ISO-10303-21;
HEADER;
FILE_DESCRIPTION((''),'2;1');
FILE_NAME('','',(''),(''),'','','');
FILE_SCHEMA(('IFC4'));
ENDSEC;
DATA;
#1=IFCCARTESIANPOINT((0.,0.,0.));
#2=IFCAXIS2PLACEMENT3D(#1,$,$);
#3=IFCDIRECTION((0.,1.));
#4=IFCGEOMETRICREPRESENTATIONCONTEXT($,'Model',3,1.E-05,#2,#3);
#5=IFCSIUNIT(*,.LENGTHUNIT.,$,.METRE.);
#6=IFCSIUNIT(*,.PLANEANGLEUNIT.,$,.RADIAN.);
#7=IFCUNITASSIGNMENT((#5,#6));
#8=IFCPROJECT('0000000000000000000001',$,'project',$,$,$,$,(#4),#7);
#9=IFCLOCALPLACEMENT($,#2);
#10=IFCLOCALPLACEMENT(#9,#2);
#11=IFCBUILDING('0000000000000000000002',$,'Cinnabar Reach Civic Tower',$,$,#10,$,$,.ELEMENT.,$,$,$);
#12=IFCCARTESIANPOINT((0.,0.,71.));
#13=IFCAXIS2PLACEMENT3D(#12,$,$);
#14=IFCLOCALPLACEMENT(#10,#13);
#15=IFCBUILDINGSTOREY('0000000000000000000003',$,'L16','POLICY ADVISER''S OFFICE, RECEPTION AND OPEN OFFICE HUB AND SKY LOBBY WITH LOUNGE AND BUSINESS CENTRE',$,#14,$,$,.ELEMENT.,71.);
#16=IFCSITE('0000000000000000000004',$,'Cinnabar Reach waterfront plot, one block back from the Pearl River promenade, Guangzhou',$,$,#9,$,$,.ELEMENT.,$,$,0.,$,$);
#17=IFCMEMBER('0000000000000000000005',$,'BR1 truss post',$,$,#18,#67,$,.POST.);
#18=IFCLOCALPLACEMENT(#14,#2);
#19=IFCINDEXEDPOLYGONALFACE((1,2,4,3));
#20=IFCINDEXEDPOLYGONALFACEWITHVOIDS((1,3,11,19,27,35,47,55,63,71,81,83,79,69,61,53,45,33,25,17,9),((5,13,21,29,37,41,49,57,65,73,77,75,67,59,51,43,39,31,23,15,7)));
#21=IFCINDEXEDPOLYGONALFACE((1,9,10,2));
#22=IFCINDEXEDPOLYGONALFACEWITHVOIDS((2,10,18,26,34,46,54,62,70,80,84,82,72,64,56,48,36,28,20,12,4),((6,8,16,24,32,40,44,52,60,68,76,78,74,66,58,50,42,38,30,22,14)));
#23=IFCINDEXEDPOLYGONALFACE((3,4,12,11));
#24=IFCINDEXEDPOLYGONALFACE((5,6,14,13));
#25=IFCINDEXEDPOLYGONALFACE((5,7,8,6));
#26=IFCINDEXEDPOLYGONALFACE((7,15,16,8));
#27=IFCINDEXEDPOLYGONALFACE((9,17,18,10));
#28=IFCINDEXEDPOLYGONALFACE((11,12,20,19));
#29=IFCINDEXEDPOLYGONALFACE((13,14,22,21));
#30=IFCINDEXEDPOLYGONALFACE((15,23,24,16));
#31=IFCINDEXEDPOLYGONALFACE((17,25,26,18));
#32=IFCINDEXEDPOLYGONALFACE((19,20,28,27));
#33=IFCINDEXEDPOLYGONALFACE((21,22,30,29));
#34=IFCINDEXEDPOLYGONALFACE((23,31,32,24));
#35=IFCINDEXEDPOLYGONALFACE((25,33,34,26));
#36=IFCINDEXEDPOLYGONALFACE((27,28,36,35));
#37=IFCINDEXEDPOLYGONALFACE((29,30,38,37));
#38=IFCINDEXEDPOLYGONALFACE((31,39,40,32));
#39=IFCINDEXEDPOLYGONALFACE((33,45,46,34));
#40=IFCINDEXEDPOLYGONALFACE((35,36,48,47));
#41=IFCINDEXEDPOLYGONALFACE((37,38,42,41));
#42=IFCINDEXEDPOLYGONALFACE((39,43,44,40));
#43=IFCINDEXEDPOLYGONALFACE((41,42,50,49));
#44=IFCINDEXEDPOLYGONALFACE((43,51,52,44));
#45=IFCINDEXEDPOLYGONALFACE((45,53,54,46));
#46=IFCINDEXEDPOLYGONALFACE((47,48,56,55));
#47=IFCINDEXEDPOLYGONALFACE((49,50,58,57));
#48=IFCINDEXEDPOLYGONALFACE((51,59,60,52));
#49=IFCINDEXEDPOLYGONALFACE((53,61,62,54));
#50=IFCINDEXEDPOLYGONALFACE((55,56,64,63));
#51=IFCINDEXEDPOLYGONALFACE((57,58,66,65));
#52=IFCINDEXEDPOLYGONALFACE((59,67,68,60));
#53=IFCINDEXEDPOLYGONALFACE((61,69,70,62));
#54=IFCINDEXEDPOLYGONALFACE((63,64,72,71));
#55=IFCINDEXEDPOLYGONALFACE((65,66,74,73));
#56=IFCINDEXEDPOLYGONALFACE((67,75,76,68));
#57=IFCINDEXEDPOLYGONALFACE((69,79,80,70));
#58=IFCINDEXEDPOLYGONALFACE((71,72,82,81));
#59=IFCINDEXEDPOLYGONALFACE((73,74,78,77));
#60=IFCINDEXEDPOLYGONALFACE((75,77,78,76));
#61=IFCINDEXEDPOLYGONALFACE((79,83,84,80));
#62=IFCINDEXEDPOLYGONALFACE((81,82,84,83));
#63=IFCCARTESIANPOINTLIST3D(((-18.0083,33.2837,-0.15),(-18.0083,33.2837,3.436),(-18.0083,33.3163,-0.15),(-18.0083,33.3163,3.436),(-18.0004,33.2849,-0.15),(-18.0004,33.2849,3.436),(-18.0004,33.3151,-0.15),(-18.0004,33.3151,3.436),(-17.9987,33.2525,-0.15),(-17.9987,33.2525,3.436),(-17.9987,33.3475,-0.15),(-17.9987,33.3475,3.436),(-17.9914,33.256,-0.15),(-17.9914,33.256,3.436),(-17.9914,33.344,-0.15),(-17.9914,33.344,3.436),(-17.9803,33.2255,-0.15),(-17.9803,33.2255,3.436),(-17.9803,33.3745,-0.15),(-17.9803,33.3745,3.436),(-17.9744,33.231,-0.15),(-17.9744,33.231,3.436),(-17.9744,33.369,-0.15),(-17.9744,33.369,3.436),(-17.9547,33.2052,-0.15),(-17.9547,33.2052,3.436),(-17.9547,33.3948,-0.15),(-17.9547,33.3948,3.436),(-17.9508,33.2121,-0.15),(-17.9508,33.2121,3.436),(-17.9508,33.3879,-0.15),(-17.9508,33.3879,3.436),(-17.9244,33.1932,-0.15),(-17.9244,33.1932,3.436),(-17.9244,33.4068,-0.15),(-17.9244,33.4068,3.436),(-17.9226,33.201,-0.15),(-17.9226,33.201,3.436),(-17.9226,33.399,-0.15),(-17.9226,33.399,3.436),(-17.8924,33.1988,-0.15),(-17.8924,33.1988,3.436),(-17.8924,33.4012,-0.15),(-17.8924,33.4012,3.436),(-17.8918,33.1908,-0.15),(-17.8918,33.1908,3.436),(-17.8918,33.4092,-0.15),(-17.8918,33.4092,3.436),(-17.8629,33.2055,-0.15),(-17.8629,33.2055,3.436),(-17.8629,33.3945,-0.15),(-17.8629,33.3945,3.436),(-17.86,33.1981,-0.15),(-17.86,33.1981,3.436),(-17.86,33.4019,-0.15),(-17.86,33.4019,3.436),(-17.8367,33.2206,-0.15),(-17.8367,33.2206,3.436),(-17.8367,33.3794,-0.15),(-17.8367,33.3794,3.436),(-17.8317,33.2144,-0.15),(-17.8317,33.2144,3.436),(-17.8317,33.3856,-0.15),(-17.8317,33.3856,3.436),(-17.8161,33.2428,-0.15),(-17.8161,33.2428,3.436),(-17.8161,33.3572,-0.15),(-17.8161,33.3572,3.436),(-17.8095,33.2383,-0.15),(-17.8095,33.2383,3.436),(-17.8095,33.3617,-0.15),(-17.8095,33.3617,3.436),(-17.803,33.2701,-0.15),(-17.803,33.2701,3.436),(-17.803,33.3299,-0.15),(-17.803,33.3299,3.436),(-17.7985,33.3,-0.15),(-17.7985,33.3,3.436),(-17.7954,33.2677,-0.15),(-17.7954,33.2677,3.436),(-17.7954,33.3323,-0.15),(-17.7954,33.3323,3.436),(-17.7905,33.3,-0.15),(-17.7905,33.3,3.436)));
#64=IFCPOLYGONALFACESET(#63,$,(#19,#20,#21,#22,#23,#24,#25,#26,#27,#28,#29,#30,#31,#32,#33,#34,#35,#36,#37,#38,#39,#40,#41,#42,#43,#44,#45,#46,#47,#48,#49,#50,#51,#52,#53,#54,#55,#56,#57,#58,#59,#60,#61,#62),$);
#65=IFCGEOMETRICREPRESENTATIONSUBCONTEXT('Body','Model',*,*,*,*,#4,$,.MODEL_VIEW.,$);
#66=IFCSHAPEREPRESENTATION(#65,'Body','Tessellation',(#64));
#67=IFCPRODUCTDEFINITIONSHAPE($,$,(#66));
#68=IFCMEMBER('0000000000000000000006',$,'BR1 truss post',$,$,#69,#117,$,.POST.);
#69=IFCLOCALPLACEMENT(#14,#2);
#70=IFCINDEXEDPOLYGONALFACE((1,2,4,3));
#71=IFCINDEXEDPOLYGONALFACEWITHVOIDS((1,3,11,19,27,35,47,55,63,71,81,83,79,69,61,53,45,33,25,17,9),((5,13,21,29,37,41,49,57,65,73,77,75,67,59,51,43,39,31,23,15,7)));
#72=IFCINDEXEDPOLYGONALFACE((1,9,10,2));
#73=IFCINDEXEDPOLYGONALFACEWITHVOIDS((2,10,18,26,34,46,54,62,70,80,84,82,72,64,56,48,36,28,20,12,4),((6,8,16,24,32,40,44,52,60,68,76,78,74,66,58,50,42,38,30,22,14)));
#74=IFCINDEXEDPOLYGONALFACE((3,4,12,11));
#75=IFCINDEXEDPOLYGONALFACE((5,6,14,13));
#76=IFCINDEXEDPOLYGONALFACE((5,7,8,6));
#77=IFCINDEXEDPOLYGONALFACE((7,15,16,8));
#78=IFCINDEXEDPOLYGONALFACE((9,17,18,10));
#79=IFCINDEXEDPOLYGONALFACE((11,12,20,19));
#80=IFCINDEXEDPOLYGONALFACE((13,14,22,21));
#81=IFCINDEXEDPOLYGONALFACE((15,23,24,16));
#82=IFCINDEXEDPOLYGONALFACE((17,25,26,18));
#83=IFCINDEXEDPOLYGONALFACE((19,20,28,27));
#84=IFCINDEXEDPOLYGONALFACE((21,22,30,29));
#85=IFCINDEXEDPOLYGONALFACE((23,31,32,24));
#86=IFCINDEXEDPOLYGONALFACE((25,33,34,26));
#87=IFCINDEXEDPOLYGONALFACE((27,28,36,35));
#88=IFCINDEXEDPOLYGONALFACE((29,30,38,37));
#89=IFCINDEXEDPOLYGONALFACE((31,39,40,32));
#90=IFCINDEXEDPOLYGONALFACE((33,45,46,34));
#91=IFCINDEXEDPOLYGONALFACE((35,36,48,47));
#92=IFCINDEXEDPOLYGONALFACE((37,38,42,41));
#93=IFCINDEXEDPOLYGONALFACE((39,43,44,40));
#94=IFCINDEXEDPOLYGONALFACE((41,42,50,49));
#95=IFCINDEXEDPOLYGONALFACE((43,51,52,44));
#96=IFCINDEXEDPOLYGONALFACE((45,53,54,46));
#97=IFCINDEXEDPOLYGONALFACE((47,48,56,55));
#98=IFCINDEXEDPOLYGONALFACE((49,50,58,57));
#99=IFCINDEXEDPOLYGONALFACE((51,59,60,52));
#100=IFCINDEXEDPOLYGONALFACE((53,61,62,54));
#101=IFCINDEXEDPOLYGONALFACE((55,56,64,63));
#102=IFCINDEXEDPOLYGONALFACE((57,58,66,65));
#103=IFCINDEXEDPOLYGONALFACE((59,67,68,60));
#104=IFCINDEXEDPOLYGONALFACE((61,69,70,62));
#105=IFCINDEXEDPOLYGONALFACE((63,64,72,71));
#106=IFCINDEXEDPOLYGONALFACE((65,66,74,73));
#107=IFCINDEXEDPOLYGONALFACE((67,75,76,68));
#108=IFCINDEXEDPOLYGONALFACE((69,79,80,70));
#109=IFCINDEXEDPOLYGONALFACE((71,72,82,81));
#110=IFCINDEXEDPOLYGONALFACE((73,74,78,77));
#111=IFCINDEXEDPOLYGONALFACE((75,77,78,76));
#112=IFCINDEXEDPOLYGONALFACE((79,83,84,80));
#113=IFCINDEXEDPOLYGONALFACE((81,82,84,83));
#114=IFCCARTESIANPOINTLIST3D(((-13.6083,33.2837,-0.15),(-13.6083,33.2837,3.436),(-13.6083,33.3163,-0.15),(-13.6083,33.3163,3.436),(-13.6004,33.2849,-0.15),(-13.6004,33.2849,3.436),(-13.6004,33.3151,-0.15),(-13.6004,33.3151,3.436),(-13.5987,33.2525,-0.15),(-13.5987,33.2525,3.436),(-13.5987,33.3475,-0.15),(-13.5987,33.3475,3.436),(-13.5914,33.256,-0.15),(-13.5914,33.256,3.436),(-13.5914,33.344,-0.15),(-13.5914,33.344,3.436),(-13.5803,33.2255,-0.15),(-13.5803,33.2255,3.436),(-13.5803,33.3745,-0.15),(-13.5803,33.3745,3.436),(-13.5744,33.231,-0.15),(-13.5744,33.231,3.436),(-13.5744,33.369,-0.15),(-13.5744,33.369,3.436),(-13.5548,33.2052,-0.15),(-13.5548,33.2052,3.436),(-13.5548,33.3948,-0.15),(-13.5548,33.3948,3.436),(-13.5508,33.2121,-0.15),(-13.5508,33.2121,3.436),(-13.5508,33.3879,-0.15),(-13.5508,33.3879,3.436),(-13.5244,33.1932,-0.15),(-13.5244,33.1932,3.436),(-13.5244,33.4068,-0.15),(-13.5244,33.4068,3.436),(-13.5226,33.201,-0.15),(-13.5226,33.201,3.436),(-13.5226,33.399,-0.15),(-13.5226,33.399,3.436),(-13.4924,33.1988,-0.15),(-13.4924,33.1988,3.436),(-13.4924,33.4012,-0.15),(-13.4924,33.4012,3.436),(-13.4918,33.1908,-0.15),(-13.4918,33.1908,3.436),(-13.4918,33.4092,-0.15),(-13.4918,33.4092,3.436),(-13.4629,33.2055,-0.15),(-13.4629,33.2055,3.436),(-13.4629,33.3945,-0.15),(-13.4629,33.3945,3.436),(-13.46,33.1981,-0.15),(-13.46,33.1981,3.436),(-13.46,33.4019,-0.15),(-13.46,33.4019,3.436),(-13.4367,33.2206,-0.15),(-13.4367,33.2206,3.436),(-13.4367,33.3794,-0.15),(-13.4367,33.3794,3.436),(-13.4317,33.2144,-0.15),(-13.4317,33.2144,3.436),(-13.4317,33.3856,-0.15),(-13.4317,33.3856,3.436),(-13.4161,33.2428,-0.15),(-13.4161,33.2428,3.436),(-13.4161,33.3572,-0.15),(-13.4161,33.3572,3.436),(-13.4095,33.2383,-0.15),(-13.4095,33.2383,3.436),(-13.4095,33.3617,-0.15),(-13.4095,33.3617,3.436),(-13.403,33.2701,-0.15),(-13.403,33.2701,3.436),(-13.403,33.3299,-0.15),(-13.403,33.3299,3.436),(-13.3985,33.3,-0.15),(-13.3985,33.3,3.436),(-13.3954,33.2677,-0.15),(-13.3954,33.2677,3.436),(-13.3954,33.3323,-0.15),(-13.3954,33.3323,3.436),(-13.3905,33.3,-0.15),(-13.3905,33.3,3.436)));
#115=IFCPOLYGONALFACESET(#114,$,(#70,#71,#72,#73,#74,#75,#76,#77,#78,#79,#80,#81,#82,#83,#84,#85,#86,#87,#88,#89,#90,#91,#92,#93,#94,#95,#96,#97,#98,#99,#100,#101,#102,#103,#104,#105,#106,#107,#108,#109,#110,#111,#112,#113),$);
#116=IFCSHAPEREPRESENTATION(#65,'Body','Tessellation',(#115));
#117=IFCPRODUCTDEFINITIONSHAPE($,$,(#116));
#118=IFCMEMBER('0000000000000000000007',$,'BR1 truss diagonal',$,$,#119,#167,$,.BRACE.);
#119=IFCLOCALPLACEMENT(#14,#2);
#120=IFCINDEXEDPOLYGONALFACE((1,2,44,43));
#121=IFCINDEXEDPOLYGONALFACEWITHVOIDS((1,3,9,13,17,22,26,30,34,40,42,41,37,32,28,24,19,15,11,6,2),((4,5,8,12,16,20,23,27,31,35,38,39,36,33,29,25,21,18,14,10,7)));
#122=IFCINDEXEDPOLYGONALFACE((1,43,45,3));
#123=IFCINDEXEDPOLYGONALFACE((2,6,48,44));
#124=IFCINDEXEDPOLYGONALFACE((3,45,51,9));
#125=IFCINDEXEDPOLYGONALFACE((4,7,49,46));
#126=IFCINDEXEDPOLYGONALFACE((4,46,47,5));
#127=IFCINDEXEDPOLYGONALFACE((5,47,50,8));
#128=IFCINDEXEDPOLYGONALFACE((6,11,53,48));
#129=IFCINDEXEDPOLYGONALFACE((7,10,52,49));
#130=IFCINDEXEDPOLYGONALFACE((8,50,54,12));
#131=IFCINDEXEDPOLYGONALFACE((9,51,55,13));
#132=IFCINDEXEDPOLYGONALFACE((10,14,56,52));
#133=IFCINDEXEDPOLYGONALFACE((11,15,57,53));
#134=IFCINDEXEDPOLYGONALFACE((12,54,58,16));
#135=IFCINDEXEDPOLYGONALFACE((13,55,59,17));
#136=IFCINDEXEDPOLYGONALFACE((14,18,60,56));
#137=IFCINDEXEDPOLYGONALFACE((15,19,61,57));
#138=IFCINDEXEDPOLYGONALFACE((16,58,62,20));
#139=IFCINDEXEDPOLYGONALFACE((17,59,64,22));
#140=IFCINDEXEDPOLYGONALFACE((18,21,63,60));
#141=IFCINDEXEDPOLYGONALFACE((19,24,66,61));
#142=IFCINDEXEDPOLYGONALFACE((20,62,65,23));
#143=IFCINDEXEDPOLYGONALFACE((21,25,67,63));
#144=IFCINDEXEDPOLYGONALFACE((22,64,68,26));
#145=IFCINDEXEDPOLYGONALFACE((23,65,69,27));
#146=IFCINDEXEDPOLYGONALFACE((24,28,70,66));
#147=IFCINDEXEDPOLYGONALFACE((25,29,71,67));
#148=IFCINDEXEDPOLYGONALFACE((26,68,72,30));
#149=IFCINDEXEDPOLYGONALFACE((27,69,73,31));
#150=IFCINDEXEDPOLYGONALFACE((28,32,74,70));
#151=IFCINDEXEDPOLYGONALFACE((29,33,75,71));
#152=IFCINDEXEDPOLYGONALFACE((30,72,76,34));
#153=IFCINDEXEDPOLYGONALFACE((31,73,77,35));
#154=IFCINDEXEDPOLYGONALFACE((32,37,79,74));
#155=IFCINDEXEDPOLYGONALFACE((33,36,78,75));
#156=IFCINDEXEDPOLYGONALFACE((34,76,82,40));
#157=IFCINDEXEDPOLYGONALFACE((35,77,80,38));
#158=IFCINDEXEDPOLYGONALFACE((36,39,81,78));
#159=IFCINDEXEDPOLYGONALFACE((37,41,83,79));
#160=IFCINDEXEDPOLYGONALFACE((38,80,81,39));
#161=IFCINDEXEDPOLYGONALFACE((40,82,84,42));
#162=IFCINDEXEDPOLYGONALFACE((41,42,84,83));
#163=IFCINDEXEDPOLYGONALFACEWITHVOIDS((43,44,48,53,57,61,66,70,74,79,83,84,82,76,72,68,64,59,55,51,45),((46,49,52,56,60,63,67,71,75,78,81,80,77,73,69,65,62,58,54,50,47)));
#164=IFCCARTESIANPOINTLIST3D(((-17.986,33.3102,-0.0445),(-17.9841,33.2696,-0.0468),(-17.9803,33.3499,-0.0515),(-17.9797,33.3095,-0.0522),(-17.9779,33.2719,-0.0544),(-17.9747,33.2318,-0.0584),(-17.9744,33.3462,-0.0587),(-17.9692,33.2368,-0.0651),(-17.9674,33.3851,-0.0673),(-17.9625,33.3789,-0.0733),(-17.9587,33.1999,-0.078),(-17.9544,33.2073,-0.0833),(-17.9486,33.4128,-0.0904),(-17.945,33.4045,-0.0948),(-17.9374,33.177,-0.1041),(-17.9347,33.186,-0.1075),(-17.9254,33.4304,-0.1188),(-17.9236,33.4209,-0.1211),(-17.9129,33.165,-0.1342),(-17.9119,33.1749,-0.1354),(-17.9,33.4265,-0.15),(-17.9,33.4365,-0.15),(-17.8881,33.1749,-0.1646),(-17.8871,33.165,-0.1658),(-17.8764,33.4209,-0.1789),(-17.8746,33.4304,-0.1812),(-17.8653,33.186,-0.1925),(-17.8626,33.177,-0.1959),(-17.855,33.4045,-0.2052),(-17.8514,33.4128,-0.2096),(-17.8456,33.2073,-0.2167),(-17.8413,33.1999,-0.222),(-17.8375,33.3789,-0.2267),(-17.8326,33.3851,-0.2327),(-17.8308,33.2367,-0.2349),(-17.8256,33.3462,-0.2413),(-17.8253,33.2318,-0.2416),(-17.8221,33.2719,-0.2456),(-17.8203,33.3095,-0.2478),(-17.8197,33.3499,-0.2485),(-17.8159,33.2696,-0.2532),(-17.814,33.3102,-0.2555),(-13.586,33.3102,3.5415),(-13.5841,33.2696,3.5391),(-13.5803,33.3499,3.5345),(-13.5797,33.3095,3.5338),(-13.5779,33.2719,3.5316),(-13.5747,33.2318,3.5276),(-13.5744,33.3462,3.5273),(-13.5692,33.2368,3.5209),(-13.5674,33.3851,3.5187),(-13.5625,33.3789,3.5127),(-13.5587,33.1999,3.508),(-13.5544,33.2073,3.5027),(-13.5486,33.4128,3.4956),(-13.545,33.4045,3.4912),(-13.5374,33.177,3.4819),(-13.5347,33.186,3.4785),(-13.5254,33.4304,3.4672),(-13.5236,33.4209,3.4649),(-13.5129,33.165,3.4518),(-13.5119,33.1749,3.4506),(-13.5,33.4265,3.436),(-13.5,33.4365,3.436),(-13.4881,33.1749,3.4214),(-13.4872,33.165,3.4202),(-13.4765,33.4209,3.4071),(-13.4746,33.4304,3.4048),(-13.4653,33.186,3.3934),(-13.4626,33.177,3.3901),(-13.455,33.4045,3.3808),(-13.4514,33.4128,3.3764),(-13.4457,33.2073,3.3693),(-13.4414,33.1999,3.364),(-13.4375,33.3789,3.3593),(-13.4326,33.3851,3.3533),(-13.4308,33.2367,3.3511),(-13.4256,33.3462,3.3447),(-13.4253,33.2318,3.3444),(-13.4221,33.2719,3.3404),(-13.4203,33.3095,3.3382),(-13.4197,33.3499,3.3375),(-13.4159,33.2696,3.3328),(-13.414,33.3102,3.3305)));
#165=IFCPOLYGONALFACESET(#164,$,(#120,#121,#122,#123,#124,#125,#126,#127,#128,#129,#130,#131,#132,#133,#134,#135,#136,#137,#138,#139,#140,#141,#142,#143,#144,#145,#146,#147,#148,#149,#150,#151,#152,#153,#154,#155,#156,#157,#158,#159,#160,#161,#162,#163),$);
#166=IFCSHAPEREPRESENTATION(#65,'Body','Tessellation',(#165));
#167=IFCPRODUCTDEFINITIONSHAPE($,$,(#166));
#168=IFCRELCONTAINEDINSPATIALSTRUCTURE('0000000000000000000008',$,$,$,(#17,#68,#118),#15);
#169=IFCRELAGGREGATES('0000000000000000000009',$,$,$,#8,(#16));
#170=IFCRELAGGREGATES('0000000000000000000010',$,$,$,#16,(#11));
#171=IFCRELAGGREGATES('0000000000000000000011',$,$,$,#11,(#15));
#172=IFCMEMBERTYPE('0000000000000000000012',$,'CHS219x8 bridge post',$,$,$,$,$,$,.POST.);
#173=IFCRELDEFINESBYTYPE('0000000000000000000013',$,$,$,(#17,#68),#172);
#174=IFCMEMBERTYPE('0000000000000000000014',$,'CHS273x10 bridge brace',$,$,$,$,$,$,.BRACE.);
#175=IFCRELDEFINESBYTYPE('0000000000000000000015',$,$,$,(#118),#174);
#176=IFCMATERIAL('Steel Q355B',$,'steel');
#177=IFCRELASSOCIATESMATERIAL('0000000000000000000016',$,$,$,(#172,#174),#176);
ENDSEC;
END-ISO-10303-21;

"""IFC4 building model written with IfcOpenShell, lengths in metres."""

from ifc_helpers import new_model, si_unit, direction, frame, origin, origin_2d, place, context, subcontext, project, spatial, hollow_circle, extrude, material, material_profile, profile_set, type_object, element, save


model = new_model("IFC4")

# Units and contexts
model_context = context("Model", 3, precision=1e-05, world=origin(), true_north=direction((0.0, 1.0)))
body_context = subcontext(model_context, "Body", "Model", "MODEL_VIEW")
ifc_project = project(units=[si_unit("LENGTHUNIT", "METRE"), si_unit("PLANEANGLEUNIT", "RADIAN")], contexts=[model_context])

# Site, building, storey
site_placement = place(None, origin())
site = spatial("IfcSite", under=ifc_project, at=site_placement, Name="Cinnabar Reach waterfront plot, one block back from the Pearl River promenade, Guangzhou", CompositionType="ELEMENT", RefElevation=0.0)
building_placement = place(site_placement, origin())
building = spatial("IfcBuilding", under=site, at=building_placement, Name="Cinnabar Reach Civic Tower", CompositionType="ELEMENT")
storey_placement = place(building_placement, frame((0.0, 0.0, 71.0)))
storey = spatial("IfcBuildingStorey", under=building, at=storey_placement, Name="L16", Description="POLICY ADVISER'S OFFICE, RECEPTION AND OPEN OFFICE HUB AND SKY LOBBY WITH LOUNGE AND BUSINESS CENTRE", CompositionType="ELEMENT", Elevation=71.0)

# Members
ifc_material_1 = material(Name="Steel Q355B", Category="steel")
ifc_material_profile_1 = material_profile(ifc_material_1, hollow_circle(Radius=0.1095, WallThickness=0.008, at=origin_2d()), Name="CHS219x8")
ifc_profile_set_1 = profile_set([ifc_material_profile_1], Name="Steel Q355B")
member_type_1 = type_object("IfcMemberType", Name="CHS219x8 bridge post", PredefinedType="POST", material=ifc_profile_set_1)
for number, where, z_axis, x_axis, name in (
    (1, (-17.9, 33.3, -0.15), (0.0, 0.0, 1.0), (1.0, 0.0, 0.0), "BR1 truss post"),
    (2, (-13.5, 33.3, -0.15), (0.0, 0.0, 1.0), (1.0, 0.0, 0.0), "BR1 truss post"),
):
    element("IfcMember", number, at=place(storey_placement, frame(where, z_axis=z_axis, x_axis=x_axis)), inside=storey, type_object=member_type_1, Name=name, PredefinedType="POST", context=body_context, shape_type="SweptSolid", body=[
        extrude(hollow_circle(Radius=0.1095, WallThickness=0.008, at=origin_2d()), origin(), (0.0, 0.0, 1.0), 3.586),
    ])
ifc_material_profile_2 = material_profile(ifc_material_1, hollow_circle(Radius=0.1365, WallThickness=0.01, at=origin_2d()), Name="CHS273x10")
ifc_profile_set_2 = profile_set([ifc_material_profile_2], Name="Steel Q355B")
member_type_2 = type_object("IfcMemberType", Name="CHS273x10 bridge brace", PredefinedType="BRACE", material=ifc_profile_set_2)
for number, where, z_axis, x_axis, name in (
    (3, (-17.9, 33.3, -0.15), (0.775165, 0.0, 0.631759), (0.0, 1.0, 0.0), "BR1 truss diagonal"),
):
    element("IfcMember", number, at=place(storey_placement, frame(where, z_axis=z_axis, x_axis=x_axis)), inside=storey, type_object=member_type_2, Name=name, PredefinedType="BRACE", context=body_context, shape_type="SweptSolid", body=[
        extrude(hollow_circle(Radius=0.1365, WallThickness=0.01, at=origin_2d()), origin(), (0.0, 0.0, 1.0), 5.6762),
    ])

save(model, "model.ifc")
